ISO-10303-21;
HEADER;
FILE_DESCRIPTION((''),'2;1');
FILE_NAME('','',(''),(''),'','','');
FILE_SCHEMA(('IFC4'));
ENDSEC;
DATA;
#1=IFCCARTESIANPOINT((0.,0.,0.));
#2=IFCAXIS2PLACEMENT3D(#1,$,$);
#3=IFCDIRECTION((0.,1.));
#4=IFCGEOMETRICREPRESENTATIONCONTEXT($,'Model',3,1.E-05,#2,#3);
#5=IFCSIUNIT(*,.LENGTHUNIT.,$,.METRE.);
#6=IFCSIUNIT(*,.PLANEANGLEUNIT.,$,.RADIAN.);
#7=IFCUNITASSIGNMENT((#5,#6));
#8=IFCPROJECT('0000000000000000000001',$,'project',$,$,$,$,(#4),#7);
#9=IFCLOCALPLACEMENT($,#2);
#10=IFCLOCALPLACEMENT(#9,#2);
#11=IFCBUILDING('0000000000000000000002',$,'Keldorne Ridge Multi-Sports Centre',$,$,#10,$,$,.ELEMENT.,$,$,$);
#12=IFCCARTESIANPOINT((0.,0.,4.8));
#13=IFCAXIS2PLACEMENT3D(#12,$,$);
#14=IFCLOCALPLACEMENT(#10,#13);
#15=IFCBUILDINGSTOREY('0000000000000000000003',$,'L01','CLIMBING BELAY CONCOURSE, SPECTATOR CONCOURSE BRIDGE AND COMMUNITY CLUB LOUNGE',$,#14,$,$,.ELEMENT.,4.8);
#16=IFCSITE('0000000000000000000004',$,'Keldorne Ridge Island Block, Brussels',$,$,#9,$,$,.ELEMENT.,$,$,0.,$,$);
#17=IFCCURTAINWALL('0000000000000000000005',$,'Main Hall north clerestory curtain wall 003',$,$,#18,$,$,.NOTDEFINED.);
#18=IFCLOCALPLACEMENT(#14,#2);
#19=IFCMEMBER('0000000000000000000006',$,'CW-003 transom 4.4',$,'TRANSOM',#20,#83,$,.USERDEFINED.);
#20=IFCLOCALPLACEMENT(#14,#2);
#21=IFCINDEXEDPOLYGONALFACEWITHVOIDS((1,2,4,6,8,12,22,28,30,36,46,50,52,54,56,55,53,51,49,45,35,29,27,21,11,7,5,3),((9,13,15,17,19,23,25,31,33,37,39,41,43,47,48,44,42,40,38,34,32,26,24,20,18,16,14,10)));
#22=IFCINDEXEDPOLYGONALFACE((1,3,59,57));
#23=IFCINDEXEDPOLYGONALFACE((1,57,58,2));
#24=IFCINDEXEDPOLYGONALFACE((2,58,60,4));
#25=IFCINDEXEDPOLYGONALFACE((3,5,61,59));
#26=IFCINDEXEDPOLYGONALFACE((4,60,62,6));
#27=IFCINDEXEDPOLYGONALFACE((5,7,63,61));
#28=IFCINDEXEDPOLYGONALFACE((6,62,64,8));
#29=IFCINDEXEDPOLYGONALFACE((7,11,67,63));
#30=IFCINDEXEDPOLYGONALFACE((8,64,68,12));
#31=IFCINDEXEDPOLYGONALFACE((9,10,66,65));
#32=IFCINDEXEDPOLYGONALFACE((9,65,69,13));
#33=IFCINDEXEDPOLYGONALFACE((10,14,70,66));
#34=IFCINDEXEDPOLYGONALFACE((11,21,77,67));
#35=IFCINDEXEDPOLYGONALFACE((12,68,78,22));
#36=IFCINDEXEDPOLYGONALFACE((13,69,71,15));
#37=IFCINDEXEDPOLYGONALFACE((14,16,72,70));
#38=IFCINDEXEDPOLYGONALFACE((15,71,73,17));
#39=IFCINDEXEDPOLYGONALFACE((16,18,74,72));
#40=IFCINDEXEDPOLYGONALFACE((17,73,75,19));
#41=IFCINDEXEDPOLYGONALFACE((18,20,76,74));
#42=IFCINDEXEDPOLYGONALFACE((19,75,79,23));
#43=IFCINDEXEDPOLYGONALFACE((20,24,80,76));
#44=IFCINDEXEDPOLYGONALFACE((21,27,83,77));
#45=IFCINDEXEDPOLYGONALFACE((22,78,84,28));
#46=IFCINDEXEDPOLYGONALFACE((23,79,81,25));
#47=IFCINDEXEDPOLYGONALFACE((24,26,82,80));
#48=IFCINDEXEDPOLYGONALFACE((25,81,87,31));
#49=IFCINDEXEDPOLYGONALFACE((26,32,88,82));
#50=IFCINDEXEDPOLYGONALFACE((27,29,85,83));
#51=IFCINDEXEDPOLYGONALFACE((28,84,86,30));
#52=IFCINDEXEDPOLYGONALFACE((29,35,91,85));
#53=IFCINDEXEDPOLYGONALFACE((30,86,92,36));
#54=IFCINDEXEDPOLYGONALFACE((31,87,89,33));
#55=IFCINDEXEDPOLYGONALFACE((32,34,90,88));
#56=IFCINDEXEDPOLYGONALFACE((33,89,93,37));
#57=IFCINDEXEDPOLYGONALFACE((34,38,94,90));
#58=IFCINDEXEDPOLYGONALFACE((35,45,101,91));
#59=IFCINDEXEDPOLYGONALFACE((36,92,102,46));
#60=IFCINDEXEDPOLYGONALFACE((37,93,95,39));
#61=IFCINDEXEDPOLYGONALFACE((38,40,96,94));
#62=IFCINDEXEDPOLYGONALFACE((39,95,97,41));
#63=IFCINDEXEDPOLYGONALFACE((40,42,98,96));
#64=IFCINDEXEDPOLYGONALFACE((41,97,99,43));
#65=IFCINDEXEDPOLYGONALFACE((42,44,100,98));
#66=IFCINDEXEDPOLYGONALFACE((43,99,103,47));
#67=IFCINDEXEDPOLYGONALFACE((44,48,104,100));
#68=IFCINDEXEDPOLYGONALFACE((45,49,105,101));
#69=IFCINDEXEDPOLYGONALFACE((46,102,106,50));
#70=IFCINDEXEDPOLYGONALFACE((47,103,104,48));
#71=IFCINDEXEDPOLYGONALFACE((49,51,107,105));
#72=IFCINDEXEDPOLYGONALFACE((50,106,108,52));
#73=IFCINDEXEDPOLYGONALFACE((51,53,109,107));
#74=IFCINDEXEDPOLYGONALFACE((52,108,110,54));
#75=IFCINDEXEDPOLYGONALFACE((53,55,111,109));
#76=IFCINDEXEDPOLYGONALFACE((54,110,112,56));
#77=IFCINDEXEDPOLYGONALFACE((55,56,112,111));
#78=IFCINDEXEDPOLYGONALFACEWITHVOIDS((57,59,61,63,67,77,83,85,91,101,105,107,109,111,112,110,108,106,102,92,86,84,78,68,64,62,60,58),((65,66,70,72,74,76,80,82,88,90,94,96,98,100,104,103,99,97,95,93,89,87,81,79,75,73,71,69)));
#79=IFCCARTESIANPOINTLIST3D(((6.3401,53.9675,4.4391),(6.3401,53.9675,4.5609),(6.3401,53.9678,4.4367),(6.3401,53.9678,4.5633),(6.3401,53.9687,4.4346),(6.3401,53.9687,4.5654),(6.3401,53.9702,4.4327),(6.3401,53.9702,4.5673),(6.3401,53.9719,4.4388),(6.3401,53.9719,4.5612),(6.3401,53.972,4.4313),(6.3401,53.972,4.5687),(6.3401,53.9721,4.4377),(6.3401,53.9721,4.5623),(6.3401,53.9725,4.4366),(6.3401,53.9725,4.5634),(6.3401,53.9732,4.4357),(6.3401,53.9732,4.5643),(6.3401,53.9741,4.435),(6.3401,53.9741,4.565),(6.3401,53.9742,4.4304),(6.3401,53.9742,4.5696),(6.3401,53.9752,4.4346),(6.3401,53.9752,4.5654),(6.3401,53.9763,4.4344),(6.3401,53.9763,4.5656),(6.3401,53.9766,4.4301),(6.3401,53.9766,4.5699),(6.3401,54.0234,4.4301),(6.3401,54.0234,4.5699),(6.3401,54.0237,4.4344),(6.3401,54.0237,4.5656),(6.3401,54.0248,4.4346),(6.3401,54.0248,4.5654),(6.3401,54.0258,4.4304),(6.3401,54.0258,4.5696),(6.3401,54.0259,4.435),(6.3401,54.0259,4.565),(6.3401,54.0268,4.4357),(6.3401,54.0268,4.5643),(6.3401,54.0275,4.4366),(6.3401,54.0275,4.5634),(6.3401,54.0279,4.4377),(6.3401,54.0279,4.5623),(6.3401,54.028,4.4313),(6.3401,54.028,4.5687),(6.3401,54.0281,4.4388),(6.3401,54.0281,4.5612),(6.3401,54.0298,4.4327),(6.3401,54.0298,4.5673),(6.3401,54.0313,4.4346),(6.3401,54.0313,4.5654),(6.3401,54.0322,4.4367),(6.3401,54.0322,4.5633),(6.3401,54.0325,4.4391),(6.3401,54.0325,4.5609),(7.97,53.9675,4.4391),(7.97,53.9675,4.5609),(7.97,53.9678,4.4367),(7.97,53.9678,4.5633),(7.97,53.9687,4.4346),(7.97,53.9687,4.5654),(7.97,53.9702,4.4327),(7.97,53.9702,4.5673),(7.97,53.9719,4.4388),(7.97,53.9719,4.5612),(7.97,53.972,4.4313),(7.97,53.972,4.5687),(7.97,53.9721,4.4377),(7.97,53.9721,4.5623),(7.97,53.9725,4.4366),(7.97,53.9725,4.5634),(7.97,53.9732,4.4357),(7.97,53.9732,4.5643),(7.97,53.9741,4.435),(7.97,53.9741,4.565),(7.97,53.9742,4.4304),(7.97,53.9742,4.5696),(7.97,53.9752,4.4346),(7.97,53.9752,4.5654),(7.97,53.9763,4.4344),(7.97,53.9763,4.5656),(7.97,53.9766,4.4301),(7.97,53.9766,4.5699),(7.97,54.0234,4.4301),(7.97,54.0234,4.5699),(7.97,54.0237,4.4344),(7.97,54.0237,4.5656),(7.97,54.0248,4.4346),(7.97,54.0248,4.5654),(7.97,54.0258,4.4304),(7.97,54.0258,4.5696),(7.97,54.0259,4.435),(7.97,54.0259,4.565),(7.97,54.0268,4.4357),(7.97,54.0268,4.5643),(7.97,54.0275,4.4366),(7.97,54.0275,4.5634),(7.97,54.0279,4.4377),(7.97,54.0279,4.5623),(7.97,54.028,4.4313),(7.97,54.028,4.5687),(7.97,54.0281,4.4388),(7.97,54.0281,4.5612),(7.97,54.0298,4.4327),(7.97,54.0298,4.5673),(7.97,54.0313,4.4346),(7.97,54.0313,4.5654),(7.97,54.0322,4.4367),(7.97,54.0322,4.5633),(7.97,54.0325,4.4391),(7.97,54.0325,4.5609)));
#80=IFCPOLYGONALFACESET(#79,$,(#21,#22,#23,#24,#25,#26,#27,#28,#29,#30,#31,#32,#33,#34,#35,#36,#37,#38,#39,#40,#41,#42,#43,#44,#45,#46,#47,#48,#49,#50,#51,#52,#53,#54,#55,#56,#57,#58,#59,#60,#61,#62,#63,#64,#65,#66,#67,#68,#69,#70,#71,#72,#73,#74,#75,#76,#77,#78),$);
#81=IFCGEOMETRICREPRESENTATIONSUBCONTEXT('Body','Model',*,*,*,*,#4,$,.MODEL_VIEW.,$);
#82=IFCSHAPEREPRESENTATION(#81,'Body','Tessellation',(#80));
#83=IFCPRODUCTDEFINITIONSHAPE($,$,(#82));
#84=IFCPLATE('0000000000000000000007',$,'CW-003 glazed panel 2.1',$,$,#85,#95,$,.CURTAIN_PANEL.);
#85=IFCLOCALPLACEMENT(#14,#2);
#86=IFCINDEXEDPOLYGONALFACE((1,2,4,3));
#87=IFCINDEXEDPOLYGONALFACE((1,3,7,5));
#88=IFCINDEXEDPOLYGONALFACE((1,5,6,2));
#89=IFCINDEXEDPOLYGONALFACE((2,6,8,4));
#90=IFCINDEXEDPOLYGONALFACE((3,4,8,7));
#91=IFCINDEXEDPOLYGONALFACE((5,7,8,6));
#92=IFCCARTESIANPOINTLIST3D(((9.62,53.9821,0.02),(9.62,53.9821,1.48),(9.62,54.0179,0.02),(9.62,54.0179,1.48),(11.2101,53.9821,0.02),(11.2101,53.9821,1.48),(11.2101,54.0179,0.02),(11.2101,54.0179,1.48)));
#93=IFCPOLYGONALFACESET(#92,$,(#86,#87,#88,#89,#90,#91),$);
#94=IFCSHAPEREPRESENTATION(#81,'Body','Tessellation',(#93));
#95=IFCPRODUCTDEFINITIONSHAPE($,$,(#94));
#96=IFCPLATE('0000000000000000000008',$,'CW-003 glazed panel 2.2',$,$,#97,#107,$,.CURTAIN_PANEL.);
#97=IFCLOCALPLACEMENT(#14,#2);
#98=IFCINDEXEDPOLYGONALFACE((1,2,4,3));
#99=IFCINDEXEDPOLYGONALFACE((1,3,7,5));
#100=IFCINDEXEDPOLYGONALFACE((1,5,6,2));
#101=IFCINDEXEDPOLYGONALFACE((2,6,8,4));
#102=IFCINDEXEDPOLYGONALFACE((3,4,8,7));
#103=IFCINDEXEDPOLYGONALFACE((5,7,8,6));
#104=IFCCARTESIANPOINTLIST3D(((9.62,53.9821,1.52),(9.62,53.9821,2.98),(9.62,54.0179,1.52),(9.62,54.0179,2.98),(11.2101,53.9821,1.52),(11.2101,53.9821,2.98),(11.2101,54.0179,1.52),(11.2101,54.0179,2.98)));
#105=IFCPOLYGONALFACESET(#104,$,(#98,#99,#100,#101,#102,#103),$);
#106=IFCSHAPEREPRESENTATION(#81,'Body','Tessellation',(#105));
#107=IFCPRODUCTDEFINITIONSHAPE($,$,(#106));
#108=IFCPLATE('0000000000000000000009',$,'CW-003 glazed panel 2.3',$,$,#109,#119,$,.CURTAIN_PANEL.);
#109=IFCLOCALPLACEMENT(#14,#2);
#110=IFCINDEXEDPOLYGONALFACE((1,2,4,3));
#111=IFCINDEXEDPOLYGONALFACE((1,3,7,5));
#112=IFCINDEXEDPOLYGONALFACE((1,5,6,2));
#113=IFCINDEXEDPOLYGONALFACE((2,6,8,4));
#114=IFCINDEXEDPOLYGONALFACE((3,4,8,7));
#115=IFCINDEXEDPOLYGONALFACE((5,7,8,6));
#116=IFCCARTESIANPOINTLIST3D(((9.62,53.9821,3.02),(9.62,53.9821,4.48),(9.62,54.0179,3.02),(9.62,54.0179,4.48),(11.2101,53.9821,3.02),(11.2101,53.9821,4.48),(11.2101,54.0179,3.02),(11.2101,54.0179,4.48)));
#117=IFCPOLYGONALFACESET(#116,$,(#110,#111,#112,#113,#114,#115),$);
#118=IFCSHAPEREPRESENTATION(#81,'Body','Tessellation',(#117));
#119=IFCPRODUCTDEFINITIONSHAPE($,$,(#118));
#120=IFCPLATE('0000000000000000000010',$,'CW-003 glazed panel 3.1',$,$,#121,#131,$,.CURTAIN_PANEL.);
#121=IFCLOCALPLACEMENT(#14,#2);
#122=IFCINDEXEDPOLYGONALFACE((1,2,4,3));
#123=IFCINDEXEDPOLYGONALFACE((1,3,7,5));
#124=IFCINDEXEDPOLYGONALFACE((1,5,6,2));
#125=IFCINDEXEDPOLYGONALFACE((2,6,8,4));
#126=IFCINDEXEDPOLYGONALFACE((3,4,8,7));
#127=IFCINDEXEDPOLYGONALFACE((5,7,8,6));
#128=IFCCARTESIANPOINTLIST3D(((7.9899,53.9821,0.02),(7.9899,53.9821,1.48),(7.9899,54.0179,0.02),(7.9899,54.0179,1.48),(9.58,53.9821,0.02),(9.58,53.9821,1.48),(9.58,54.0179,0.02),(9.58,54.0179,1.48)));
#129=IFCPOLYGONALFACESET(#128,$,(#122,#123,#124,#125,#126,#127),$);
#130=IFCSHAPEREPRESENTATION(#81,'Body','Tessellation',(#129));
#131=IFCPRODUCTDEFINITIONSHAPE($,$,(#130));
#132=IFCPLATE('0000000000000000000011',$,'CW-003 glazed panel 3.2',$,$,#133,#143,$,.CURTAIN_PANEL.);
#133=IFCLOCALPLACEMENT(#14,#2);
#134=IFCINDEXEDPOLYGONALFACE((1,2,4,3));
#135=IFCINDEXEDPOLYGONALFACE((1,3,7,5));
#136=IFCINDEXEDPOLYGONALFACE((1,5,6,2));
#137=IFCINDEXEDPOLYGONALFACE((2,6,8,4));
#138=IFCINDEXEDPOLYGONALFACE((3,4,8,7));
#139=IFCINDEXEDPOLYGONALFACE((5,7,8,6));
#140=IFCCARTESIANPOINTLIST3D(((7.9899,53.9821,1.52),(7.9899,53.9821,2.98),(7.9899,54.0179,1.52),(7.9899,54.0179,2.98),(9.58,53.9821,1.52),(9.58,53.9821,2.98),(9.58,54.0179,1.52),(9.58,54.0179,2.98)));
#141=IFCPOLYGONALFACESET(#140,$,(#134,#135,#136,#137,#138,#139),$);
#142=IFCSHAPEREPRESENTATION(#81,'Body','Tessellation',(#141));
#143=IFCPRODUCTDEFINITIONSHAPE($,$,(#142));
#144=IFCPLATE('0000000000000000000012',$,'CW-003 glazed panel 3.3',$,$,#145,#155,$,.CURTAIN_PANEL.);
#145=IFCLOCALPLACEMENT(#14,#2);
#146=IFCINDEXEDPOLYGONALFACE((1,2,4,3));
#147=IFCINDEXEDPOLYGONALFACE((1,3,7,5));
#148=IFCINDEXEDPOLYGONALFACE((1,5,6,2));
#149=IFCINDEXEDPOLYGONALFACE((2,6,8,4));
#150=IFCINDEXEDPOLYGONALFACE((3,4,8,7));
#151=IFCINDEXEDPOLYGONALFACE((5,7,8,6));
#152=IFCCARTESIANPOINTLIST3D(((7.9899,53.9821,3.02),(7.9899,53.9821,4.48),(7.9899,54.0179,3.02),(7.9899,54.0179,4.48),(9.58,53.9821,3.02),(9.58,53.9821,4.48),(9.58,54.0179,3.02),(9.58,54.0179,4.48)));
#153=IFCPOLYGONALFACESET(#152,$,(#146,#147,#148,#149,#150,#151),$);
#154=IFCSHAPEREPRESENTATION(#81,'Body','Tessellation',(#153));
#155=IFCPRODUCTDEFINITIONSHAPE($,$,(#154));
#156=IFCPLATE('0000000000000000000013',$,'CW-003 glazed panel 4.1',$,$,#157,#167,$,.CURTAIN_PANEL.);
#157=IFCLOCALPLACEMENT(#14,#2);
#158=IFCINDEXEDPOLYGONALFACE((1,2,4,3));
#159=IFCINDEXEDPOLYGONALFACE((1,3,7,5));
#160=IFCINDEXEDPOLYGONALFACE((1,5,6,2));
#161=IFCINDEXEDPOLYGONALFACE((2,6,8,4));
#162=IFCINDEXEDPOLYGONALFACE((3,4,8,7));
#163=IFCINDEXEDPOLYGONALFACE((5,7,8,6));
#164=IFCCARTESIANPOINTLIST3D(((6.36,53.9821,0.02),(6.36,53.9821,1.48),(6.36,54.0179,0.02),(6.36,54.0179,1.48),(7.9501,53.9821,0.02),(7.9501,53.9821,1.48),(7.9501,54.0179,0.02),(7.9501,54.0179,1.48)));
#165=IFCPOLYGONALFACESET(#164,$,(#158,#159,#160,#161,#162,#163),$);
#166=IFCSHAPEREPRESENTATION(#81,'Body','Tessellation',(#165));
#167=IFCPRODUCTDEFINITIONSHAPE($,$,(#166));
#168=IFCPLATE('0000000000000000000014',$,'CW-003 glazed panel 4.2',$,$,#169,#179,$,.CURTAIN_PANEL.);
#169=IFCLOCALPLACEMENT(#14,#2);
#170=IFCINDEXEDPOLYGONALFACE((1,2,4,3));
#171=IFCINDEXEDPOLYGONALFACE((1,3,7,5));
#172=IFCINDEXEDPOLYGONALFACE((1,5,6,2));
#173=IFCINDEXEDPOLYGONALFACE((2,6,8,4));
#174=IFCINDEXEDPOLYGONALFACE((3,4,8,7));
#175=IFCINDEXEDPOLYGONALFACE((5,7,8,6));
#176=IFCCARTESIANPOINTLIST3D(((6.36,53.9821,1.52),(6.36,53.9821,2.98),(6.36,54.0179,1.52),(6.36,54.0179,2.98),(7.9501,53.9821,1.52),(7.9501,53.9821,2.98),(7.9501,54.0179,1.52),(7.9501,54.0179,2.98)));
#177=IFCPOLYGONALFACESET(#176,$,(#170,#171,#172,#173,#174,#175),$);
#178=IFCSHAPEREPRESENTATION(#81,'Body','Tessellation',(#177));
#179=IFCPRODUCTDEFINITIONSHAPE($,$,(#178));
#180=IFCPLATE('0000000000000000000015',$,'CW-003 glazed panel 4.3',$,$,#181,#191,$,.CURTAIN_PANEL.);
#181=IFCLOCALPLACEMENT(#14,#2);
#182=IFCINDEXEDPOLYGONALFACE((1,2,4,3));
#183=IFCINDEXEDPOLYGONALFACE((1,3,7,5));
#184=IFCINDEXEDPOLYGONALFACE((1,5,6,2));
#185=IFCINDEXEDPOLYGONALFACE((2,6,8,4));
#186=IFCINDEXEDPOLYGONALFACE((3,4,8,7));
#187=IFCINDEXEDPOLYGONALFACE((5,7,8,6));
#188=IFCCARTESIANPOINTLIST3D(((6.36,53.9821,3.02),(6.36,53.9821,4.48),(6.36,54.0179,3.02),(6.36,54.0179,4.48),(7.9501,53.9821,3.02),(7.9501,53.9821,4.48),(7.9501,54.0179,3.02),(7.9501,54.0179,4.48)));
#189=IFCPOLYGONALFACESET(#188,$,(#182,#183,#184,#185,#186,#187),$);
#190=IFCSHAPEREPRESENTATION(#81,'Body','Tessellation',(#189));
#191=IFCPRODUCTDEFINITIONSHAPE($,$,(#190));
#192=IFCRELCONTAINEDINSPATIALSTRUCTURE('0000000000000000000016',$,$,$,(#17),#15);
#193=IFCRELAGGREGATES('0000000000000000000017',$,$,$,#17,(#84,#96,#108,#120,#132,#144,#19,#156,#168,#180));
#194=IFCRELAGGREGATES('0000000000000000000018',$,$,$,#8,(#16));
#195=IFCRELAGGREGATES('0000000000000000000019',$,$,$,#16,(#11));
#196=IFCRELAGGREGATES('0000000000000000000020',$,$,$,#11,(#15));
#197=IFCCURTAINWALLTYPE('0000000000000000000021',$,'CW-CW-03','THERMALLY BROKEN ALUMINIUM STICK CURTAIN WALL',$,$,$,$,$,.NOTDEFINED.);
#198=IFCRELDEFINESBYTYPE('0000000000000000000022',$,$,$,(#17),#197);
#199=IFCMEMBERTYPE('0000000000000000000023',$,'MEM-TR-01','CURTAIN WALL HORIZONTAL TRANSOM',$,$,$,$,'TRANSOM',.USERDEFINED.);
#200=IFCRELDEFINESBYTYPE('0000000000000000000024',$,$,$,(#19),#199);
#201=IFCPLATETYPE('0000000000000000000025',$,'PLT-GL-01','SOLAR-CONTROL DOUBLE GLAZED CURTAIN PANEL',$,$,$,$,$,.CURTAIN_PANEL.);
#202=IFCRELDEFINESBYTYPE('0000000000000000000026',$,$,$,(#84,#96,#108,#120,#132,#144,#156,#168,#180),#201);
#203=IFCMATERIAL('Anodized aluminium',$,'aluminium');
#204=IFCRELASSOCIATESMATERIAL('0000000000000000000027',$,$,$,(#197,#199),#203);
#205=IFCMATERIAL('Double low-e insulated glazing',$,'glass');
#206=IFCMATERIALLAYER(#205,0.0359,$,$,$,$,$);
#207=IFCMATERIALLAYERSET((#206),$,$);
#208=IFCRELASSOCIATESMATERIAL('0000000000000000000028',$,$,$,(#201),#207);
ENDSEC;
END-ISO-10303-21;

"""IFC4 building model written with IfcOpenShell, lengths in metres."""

from ifc_helpers import new_model, si_unit, direction, frame, origin, origin_2d, place, context, subcontext, project, spatial, rectangle, hollow_rectangle, extrude, material, layer, layer_set, material_profile, profile_set, type_object, element, aggregate, save


model = new_model("IFC4")

# Units and contexts
model_context = context("Model", 3, precision=1e-05, world=origin(), true_north=direction((0.0, 1.0)))
body_context = subcontext(model_context, "Body", "Model", "MODEL_VIEW")
ifc_project = project(units=[si_unit("LENGTHUNIT", "METRE"), si_unit("PLANEANGLEUNIT", "RADIAN")], contexts=[model_context])

# Site, building, storey
site_placement = place(None, origin())
site = spatial("IfcSite", under=ifc_project, at=site_placement, Name="Keldorne Ridge Island Block, Brussels", CompositionType="ELEMENT", RefElevation=0.0)
building_placement = place(site_placement, origin())
building = spatial("IfcBuilding", under=site, at=building_placement, Name="Keldorne Ridge Multi-Sports Centre", CompositionType="ELEMENT")
storey_placement = place(building_placement, frame((0.0, 0.0, 4.8)))
storey = spatial("IfcBuildingStorey", under=building, at=storey_placement, Name="L01", Description="CLIMBING BELAY CONCOURSE, SPECTATOR CONCOURSE BRIDGE AND COMMUNITY CLUB LOUNGE", CompositionType="ELEMENT", Elevation=4.8)

# Curtain wall, member, plates
ifc_material_1 = material(Name="Anodized aluminium", Category="aluminium")
curtain_wall_type = type_object("IfcCurtainWallType", Name="CW-CW-03", Description="THERMALLY BROKEN ALUMINIUM STICK CURTAIN WALL", PredefinedType="NOTDEFINED", material=ifc_material_1)
curtain_wall_placement = place(storey_placement, origin())
curtain_wall = element("IfcCurtainWall", 1, at=curtain_wall_placement, inside=storey, type_object=curtain_wall_type, Name="Main Hall north clerestory curtain wall 003", PredefinedType="NOTDEFINED")
ifc_material_profile_1 = material_profile(ifc_material_1, hollow_rectangle(XDim=0.0649, YDim=0.1399, WallThickness=0.0044, InnerFilletRadius=0.0044, OuterFilletRadius=0.009, at=origin_2d()), Name="ALU TRANSOM 140x65x4.5")
ifc_profile_set_1 = profile_set([ifc_material_profile_1], Name="Anodized aluminium")
member_type_1 = type_object("IfcMemberType", Name="MEM-TR-01", Description="CURTAIN WALL HORIZONTAL TRANSOM", ElementType="TRANSOM", PredefinedType="USERDEFINED", material=ifc_profile_set_1)
member_1_placement = place(storey_placement, frame((7.97, 54.0, 4.5), z_axis=(-1.0, 0.0, 0.0), x_axis=(0.0, -1.0, 0.0)))
member_1 = element("IfcMember", 2, at=member_1_placement, type_object=member_type_1, Name="CW-003 transom 4.4", ObjectType="TRANSOM", PredefinedType="USERDEFINED", context=body_context, shape_type="SweptSolid", body=[
    extrude(hollow_rectangle(XDim=0.0649, YDim=0.1399, WallThickness=0.0044, InnerFilletRadius=0.0044, OuterFilletRadius=0.009, at=origin_2d()), origin(), (0.0, 0.0, 1.0), 1.6299),
])
ifc_material_2 = material(Name="Double low-e insulated glazing", Category="glass")
ifc_layer_1 = layer(ifc_material_2, 0.0359)
ifc_layer_set_1 = layer_set([ifc_layer_1])
plate_type = type_object("IfcPlateType", Name="PLT-GL-01", Description="SOLAR-CONTROL DOUBLE GLAZED CURTAIN PANEL", PredefinedType="CURTAIN_PANEL", material=ifc_layer_set_1)
plate_1_placement = place(storey_placement, frame((10.415, 54.0, 0.02), z_axis=(0.0, 0.0, 1.0), x_axis=(-1.0, 0.0, 0.0)))
plate_1 = element("IfcPlate", 3, at=plate_1_placement, type_object=plate_type, Name="CW-003 glazed panel 2.1", PredefinedType="CURTAIN_PANEL", context=body_context, shape_type="SweptSolid", body=[
    extrude(rectangle(XDim=1.5901, YDim=0.0359, at=origin_2d()), origin(), (0.0, 0.0, 1.0), 1.46),
])
plate_2_placement = place(storey_placement, frame((10.415, 54.0, 1.52), z_axis=(0.0, 0.0, 1.0), x_axis=(-1.0, 0.0, 0.0)))
plate_2 = element("IfcPlate", 4, at=plate_2_placement, type_object=plate_type, Name="CW-003 glazed panel 2.2", PredefinedType="CURTAIN_PANEL", context=body_context, shape_type="SweptSolid", body=[
    extrude(rectangle(XDim=1.5901, YDim=0.0359, at=origin_2d()), origin(), (0.0, 0.0, 1.0), 1.46),
])
plate_3_placement = place(storey_placement, frame((10.415, 54.0, 3.02), z_axis=(0.0, 0.0, 1.0), x_axis=(-1.0, 0.0, 0.0)))
plate_3 = element("IfcPlate", 5, at=plate_3_placement, type_object=plate_type, Name="CW-003 glazed panel 2.3", PredefinedType="CURTAIN_PANEL", context=body_context, shape_type="SweptSolid", body=[
    extrude(rectangle(XDim=1.5901, YDim=0.0359, at=origin_2d()), origin(), (0.0, 0.0, 1.0), 1.46),
])
plate_4_placement = place(storey_placement, frame((8.7849, 54.0, 0.02), z_axis=(0.0, 0.0, 1.0), x_axis=(-1.0, 0.0, 0.0)))
plate_4 = element("IfcPlate", 6, at=plate_4_placement, type_object=plate_type, Name="CW-003 glazed panel 3.1", PredefinedType="CURTAIN_PANEL", context=body_context, shape_type="SweptSolid", body=[
    extrude(rectangle(XDim=1.5901, YDim=0.0359, at=origin_2d()), origin(), (0.0, 0.0, 1.0), 1.46),
])
plate_5_placement = place(storey_placement, frame((8.7849, 54.0, 1.52), z_axis=(0.0, 0.0, 1.0), x_axis=(-1.0, 0.0, 0.0)))
plate_5 = element("IfcPlate", 7, at=plate_5_placement, type_object=plate_type, Name="CW-003 glazed panel 3.2", PredefinedType="CURTAIN_PANEL", context=body_context, shape_type="SweptSolid", body=[
    extrude(rectangle(XDim=1.5901, YDim=0.0359, at=origin_2d()), origin(), (0.0, 0.0, 1.0), 1.46),
])
plate_6_placement = place(storey_placement, frame((8.7849, 54.0, 3.02), z_axis=(0.0, 0.0, 1.0), x_axis=(-1.0, 0.0, 0.0)))
plate_6 = element("IfcPlate", 8, at=plate_6_placement, type_object=plate_type, Name="CW-003 glazed panel 3.3", PredefinedType="CURTAIN_PANEL", context=body_context, shape_type="SweptSolid", body=[
    extrude(rectangle(XDim=1.5901, YDim=0.0359, at=origin_2d()), origin(), (0.0, 0.0, 1.0), 1.46),
])
plate_7_placement = place(storey_placement, frame((7.155, 54.0, 0.02), z_axis=(0.0, 0.0, 1.0), x_axis=(-1.0, 0.0, 0.0)))
plate_7 = element("IfcPlate", 9, at=plate_7_placement, type_object=plate_type, Name="CW-003 glazed panel 4.1", PredefinedType="CURTAIN_PANEL", context=body_context, shape_type="SweptSolid", body=[
    extrude(rectangle(XDim=1.5901, YDim=0.0359, at=origin_2d()), origin(), (0.0, 0.0, 1.0), 1.46),
])
plate_8_placement = place(storey_placement, frame((7.155, 54.0, 1.52), z_axis=(0.0, 0.0, 1.0), x_axis=(-1.0, 0.0, 0.0)))
plate_8 = element("IfcPlate", 10, at=plate_8_placement, type_object=plate_type, Name="CW-003 glazed panel 4.2", PredefinedType="CURTAIN_PANEL", context=body_context, shape_type="SweptSolid", body=[
    extrude(rectangle(XDim=1.5901, YDim=0.0359, at=origin_2d()), origin(), (0.0, 0.0, 1.0), 1.46),
])
plate_9_placement = place(storey_placement, frame((7.155, 54.0, 3.02), z_axis=(0.0, 0.0, 1.0), x_axis=(-1.0, 0.0, 0.0)))
plate_9 = element("IfcPlate", 11, at=plate_9_placement, type_object=plate_type, Name="CW-003 glazed panel 4.3", PredefinedType="CURTAIN_PANEL", context=body_context, shape_type="SweptSolid", body=[
    extrude(rectangle(XDim=1.5901, YDim=0.0359, at=origin_2d()), origin(), (0.0, 0.0, 1.0), 1.46),
])
aggregate(curtain_wall, [plate_1, plate_2, plate_3, plate_4, plate_5, plate_6, member_1, plate_7, plate_8, plate_9])

save(model, "model.ifc")
